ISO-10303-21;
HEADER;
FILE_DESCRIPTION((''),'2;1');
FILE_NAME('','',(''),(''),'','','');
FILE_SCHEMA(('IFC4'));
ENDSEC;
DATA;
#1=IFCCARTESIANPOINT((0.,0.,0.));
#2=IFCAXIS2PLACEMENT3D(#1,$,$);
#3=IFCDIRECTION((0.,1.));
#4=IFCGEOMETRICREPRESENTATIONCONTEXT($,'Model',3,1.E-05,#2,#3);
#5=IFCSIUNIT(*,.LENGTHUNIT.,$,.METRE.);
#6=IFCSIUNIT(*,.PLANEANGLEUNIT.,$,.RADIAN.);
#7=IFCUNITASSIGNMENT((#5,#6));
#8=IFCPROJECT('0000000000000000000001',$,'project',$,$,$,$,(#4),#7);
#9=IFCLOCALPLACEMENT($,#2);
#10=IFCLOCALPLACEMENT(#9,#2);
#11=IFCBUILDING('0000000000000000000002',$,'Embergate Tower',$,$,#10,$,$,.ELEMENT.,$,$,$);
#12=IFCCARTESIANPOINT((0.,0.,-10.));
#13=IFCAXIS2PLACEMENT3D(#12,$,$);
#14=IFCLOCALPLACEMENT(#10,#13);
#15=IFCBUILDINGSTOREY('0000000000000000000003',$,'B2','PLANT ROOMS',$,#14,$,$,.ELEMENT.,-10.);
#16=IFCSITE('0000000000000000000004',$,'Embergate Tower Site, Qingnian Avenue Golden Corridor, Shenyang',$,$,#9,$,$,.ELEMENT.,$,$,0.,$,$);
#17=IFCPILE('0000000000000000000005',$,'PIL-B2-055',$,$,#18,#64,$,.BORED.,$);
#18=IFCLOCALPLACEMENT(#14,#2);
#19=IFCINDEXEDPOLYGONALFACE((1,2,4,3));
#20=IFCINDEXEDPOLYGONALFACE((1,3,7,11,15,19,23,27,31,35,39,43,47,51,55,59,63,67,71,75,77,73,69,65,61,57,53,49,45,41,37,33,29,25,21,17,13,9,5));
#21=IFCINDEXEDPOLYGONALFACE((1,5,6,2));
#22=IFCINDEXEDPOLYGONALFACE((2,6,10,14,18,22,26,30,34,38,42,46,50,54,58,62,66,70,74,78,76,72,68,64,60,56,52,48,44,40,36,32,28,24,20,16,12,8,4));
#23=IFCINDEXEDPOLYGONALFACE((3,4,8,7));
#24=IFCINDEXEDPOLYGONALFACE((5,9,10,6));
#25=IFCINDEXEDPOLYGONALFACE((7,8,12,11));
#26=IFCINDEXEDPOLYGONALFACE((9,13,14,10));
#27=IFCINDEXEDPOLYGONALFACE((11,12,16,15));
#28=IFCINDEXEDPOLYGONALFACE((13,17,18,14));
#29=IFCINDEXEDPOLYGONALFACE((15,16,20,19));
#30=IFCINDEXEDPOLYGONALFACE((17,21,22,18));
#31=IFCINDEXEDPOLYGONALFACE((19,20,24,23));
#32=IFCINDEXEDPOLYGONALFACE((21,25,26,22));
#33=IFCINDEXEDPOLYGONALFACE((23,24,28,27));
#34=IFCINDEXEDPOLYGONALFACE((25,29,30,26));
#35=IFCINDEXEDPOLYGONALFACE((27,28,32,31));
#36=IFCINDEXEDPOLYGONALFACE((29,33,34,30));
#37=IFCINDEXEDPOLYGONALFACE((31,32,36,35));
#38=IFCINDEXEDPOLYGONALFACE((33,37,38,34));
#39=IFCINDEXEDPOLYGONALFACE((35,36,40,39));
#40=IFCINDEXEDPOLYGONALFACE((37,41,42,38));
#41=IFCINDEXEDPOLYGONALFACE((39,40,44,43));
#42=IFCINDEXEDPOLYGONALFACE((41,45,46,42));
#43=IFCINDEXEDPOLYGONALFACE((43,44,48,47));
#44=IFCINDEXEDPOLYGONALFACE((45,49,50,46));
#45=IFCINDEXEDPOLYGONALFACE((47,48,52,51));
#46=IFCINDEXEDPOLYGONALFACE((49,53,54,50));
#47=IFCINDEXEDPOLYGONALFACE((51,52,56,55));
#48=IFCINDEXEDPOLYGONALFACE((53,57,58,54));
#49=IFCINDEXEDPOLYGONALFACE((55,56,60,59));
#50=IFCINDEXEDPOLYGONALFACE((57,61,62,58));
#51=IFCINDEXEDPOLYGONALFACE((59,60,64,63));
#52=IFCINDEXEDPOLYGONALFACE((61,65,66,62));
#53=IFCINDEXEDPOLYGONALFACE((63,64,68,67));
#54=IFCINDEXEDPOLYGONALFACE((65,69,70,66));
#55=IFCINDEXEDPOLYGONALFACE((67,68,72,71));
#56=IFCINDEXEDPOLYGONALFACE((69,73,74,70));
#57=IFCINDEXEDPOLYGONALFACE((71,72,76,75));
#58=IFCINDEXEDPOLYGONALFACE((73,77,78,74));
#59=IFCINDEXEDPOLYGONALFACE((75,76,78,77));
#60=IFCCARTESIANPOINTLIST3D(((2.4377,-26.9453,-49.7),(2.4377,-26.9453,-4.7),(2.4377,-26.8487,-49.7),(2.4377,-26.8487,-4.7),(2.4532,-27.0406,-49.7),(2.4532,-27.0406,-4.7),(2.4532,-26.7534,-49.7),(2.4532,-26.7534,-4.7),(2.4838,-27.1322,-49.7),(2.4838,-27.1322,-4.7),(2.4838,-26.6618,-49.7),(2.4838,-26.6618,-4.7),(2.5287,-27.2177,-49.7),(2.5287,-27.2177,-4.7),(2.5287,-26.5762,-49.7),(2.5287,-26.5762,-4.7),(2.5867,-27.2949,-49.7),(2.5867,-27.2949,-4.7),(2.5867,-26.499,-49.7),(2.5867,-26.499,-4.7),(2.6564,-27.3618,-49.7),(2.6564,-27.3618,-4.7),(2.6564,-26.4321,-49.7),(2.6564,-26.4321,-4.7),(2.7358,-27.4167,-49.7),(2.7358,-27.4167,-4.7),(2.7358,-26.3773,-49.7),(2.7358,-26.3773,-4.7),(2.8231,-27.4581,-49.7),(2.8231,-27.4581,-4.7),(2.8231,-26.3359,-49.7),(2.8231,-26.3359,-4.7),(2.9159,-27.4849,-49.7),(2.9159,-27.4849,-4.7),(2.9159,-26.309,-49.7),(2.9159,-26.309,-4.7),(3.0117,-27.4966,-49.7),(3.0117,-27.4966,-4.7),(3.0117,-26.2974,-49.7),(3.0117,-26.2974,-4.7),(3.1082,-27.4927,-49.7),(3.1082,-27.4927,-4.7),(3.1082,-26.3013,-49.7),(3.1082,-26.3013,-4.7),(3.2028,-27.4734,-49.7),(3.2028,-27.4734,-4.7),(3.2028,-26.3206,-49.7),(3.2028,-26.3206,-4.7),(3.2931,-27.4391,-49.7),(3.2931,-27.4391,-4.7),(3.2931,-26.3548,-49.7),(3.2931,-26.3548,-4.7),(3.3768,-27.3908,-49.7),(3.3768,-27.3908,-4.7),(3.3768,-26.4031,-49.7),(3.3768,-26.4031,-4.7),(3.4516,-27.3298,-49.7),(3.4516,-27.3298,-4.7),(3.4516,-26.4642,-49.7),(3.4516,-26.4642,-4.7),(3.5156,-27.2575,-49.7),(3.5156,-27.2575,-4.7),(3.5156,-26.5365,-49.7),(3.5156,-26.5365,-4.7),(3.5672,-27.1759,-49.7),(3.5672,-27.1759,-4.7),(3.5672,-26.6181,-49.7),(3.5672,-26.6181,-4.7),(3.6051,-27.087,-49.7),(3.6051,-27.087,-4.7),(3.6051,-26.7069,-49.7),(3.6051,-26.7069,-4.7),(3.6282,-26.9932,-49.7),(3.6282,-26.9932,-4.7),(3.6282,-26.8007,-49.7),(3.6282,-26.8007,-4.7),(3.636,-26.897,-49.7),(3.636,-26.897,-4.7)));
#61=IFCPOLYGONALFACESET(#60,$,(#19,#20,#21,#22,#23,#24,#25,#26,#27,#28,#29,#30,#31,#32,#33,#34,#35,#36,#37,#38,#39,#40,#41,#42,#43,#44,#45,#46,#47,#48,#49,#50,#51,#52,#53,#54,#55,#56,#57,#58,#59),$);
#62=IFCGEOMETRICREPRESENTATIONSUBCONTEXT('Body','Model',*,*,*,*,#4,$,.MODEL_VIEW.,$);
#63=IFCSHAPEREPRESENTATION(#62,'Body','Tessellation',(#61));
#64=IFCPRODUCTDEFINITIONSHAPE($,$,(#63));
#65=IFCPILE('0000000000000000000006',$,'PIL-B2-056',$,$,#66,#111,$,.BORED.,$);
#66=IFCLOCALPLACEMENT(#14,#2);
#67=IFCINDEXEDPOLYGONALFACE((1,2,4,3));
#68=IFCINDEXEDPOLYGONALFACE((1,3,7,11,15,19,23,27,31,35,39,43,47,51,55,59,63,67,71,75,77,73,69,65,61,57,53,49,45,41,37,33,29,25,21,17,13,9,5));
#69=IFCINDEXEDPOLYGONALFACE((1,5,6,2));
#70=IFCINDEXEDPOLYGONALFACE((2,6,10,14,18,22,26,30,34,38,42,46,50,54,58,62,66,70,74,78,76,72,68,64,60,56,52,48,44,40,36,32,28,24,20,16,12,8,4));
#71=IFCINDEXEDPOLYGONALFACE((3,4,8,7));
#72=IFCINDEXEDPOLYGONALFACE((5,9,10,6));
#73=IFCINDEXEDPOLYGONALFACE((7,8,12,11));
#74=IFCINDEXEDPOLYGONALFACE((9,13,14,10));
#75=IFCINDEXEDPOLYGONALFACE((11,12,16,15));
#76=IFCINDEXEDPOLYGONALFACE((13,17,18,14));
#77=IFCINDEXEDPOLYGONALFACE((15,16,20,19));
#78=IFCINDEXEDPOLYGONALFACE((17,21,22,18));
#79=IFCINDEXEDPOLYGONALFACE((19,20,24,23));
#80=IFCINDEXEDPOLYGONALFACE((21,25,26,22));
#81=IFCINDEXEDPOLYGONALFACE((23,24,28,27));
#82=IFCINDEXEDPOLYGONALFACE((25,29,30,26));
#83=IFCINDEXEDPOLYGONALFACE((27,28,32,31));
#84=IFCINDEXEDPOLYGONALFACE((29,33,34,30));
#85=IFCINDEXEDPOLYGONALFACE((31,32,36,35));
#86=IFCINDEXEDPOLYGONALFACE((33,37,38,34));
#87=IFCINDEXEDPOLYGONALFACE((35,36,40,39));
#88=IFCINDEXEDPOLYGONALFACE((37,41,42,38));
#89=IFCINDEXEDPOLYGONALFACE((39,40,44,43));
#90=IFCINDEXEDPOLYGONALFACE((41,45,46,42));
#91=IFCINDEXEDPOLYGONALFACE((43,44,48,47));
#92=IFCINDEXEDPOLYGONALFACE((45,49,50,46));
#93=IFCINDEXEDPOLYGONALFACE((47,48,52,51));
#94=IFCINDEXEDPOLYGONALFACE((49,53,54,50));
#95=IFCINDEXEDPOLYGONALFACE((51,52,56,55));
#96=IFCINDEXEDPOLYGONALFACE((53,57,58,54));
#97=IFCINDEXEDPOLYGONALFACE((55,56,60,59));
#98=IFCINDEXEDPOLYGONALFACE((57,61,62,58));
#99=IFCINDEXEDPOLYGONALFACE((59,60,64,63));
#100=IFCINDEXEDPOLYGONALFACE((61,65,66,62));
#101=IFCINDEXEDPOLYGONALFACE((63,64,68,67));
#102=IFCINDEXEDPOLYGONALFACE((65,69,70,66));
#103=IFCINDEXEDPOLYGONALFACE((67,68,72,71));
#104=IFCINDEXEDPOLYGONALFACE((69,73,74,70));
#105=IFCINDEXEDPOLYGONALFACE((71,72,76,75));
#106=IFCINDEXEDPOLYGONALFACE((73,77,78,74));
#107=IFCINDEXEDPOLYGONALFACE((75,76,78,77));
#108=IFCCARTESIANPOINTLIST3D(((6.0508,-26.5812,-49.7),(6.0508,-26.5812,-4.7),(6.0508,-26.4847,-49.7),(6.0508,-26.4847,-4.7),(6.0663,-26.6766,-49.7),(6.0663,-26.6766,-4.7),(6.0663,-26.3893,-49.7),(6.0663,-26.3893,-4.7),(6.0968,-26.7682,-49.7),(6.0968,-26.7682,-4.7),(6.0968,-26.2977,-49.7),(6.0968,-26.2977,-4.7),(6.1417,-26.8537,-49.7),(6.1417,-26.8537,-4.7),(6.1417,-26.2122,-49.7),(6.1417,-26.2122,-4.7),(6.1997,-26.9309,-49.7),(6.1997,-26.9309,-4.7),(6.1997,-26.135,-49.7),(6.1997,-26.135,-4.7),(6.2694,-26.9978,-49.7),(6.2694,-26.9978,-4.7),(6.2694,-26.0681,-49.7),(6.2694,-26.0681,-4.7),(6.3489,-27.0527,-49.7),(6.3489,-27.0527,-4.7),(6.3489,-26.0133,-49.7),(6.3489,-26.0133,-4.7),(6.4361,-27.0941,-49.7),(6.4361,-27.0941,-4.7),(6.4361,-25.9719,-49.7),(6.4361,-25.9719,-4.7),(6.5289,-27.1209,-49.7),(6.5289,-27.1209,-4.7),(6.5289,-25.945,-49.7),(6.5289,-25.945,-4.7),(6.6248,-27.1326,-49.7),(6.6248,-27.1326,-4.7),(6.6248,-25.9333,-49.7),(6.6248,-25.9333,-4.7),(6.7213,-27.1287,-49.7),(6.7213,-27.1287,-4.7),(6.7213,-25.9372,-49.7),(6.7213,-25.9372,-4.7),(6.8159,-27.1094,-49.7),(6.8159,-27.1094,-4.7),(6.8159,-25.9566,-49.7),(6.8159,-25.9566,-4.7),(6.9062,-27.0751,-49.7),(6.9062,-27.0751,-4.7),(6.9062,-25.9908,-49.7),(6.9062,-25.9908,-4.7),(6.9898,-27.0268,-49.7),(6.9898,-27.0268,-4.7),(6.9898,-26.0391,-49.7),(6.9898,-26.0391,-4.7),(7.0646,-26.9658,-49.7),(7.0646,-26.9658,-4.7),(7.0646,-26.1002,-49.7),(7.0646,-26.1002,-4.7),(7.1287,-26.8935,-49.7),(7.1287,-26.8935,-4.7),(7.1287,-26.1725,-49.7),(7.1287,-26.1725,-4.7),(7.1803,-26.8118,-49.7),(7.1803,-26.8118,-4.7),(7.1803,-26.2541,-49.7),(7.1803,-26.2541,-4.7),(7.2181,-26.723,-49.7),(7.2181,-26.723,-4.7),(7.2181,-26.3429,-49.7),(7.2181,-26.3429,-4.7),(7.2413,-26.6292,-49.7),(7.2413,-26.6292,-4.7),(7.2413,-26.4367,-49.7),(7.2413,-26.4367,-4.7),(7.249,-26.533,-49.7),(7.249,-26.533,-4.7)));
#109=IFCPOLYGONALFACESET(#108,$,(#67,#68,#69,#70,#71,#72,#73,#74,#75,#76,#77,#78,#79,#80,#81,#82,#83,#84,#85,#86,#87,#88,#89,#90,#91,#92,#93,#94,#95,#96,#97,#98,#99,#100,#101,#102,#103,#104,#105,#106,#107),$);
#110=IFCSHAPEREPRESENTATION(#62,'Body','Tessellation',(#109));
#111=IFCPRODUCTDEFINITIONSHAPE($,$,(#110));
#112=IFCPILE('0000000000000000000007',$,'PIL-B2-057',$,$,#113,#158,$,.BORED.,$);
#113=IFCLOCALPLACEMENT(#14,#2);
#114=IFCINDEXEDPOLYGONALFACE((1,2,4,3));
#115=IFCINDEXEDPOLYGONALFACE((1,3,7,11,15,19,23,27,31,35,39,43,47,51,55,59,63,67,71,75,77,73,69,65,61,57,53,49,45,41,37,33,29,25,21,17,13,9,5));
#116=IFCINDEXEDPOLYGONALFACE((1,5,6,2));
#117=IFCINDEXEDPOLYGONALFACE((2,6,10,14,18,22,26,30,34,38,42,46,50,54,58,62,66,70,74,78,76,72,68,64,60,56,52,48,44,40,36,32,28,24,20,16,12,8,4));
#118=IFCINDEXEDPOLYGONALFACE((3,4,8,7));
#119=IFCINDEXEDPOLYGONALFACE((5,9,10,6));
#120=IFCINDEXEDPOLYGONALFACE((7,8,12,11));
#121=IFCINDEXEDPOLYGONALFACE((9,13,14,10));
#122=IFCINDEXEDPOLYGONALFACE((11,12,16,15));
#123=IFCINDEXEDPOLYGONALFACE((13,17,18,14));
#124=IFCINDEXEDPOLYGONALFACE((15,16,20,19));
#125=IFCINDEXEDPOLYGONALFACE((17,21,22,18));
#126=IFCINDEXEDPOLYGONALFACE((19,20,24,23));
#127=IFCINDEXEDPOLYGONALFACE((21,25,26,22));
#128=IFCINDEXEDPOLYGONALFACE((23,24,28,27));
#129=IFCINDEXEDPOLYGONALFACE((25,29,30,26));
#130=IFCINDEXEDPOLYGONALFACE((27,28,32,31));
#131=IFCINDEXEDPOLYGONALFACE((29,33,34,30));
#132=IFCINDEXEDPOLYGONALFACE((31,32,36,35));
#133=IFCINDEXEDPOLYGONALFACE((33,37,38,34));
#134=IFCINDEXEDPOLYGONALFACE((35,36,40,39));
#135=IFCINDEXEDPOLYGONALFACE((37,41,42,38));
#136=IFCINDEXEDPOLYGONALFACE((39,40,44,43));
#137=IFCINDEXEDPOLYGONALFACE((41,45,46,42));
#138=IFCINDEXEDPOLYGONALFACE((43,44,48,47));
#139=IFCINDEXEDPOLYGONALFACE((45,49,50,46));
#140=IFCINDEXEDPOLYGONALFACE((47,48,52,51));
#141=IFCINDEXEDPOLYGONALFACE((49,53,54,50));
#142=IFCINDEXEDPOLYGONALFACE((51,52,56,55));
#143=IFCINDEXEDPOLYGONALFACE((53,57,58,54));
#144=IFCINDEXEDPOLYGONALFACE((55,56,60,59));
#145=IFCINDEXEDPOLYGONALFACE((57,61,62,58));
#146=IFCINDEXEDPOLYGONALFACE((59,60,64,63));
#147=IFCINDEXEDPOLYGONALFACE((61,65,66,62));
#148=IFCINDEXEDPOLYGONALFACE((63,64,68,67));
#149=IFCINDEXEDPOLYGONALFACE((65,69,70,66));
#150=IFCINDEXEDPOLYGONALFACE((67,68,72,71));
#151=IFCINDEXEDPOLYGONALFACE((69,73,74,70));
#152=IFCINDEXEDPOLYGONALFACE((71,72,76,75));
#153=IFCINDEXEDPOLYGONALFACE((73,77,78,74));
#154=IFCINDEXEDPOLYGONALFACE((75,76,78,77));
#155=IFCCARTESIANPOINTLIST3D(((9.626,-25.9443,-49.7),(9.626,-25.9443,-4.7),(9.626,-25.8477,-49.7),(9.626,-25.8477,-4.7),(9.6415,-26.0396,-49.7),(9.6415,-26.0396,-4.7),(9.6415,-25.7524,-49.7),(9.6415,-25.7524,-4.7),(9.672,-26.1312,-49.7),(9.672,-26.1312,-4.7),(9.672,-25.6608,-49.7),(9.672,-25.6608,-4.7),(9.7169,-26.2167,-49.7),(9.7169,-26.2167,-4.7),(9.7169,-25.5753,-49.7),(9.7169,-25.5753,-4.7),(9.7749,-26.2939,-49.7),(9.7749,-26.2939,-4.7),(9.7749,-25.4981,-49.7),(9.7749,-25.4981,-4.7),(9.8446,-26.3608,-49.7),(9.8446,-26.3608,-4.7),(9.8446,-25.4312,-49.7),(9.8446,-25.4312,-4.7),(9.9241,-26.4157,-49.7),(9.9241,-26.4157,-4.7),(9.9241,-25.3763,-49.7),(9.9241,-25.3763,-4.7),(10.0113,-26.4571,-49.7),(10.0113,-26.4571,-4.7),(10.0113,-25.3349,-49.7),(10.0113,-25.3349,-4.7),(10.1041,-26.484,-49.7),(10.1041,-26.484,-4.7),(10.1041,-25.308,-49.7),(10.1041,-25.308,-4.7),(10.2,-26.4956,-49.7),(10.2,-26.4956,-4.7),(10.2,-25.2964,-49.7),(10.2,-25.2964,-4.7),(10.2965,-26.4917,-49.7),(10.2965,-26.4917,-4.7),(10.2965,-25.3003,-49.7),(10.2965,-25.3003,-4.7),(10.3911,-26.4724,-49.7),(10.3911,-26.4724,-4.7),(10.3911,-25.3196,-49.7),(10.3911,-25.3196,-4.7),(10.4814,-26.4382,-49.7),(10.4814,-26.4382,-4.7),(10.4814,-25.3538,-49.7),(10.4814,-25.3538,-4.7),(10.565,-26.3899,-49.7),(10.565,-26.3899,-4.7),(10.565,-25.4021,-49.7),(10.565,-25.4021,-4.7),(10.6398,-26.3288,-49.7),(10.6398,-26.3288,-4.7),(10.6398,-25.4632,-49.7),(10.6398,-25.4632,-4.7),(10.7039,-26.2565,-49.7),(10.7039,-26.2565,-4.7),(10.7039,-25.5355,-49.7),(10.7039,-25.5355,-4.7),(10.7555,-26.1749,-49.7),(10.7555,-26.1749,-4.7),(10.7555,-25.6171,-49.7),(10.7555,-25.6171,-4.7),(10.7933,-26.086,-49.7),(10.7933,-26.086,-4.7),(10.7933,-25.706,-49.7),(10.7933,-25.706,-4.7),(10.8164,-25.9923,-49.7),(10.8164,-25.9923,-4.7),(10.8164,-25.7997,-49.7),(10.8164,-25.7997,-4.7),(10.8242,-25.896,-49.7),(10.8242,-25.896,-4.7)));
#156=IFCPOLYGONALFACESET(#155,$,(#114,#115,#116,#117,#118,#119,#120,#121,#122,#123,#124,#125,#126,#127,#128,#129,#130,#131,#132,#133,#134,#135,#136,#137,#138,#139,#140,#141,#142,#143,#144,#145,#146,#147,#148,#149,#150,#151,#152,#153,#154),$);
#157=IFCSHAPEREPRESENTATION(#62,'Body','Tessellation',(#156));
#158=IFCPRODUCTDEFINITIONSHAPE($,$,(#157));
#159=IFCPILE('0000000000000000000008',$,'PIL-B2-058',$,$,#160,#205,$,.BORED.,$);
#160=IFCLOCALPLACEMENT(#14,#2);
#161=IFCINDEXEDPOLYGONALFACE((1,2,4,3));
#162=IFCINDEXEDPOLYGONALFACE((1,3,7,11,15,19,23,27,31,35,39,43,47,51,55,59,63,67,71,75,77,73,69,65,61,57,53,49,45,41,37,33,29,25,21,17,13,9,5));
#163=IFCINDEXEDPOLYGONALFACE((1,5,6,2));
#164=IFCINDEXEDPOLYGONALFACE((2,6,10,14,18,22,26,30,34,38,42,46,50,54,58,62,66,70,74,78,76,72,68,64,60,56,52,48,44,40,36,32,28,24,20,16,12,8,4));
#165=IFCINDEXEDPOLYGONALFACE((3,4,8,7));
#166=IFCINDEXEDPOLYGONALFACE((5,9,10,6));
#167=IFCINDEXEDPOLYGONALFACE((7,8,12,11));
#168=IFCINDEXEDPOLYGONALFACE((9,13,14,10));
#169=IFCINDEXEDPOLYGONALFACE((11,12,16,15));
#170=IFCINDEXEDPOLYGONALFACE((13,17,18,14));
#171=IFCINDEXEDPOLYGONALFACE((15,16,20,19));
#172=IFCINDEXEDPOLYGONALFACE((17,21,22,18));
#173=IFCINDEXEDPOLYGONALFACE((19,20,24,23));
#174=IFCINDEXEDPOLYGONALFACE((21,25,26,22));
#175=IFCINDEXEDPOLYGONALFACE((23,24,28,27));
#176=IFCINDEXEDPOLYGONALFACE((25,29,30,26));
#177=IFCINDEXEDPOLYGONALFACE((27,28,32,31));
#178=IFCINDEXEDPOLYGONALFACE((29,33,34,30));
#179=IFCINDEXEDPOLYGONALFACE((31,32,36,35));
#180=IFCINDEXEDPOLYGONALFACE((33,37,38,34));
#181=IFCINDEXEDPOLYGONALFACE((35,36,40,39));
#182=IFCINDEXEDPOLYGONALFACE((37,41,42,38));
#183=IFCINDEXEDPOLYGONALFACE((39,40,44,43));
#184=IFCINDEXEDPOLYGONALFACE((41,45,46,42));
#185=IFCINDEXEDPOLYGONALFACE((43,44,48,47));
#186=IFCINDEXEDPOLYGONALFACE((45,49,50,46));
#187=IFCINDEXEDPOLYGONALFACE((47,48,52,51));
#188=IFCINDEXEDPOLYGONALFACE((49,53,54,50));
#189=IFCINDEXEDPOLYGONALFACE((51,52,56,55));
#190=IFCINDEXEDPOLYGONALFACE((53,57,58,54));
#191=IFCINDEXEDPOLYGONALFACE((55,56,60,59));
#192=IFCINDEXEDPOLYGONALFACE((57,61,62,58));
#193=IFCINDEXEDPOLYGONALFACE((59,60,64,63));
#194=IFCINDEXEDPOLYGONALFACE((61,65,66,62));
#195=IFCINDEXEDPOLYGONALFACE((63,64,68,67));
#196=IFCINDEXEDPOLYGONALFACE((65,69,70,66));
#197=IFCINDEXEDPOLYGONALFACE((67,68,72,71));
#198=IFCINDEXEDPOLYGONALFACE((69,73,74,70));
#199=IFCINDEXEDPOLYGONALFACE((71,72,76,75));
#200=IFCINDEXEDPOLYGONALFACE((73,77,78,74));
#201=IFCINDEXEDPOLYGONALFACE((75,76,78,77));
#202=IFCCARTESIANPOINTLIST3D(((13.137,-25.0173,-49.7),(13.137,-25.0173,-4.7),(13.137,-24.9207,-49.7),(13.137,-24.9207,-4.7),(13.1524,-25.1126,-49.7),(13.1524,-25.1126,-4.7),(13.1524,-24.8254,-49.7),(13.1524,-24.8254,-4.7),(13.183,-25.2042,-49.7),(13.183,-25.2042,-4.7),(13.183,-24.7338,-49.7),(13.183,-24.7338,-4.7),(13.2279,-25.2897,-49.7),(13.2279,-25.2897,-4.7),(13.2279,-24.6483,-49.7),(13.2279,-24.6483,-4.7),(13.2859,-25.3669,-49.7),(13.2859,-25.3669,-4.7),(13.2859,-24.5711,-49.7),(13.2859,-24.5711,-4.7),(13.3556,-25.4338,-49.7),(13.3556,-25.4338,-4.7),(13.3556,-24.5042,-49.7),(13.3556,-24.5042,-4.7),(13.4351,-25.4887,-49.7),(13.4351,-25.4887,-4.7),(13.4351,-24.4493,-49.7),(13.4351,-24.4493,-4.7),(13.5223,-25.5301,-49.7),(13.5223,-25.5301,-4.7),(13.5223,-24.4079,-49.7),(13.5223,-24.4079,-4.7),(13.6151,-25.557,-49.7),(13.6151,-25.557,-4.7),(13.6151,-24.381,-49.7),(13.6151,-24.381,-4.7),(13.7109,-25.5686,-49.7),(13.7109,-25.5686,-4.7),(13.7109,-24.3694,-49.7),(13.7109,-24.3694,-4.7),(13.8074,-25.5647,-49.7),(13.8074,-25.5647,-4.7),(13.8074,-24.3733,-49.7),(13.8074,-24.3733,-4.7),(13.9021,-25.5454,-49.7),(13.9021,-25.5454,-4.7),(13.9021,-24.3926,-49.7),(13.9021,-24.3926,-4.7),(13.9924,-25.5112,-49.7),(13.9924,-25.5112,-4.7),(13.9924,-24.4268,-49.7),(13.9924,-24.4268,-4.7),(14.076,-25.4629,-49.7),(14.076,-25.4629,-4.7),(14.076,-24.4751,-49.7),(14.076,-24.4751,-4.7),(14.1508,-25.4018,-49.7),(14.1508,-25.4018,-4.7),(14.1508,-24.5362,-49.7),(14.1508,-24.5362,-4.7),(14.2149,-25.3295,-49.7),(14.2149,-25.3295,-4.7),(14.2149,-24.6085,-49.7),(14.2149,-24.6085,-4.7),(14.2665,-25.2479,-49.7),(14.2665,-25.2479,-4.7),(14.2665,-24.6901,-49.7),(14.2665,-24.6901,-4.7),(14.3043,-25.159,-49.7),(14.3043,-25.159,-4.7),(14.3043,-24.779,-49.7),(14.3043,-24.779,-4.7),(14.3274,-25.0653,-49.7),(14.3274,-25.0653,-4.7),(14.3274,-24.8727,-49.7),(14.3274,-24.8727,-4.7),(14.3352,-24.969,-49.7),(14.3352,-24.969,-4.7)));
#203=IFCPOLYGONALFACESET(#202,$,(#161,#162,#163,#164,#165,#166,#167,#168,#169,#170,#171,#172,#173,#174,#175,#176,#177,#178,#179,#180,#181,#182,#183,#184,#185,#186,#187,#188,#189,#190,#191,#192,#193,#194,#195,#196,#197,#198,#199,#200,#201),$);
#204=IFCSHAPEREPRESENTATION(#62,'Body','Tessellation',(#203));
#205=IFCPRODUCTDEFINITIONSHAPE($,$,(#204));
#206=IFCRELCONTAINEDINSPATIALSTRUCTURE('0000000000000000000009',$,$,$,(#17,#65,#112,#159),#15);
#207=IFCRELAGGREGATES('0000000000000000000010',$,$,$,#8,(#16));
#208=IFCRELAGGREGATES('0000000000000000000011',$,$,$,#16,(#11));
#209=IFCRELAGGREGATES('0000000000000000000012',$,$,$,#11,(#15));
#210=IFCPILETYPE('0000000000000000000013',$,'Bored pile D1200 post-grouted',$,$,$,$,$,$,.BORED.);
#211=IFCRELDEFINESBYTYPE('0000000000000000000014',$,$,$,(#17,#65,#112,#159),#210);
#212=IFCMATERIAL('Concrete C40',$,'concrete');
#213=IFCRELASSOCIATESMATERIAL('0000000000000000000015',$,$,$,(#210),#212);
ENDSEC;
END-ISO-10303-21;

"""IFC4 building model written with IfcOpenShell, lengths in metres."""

from ifc_helpers import new_model, si_unit, direction, frame, origin, origin_2d, place, context, subcontext, project, spatial, circle, extrude, source, transform, mapped, material, material_profile, profile_set, type_object, element, save


model = new_model("IFC4")

# Units and contexts
model_context = context("Model", 3, precision=1e-05, world=origin(), true_north=direction((0.0, 1.0)))
body_context = subcontext(model_context, "Body", "Model", "MODEL_VIEW")
ifc_project = project(units=[si_unit("LENGTHUNIT", "METRE"), si_unit("PLANEANGLEUNIT", "RADIAN")], contexts=[model_context])

# Site, building, storey
site_placement = place(None, origin())
site = spatial("IfcSite", under=ifc_project, at=site_placement, Name="Embergate Tower Site, Qingnian Avenue Golden Corridor, Shenyang", CompositionType="ELEMENT", RefElevation=0.0)
building_placement = place(site_placement, origin())
building = spatial("IfcBuilding", under=site, at=building_placement, Name="Embergate Tower", CompositionType="ELEMENT")
storey_placement = place(building_placement, frame((0.0, 0.0, -10.0)))
storey = spatial("IfcBuildingStorey", under=building, at=storey_placement, Name="B2", Description="PLANT ROOMS", CompositionType="ELEMENT", Elevation=-10.0)

# Piles
ifc_material_1 = material(Name="Concrete C40", Category="concrete")
ifc_material_profile = material_profile(ifc_material_1, circle(Radius=0.6001, at=origin_2d()), Name="D1200")
ifc_profile_set = profile_set([ifc_material_profile], Name="Concrete C40")
pile_type = type_object("IfcPileType", Name="Bored pile D1200 post-grouted", PredefinedType="BORED", material=ifc_profile_set)
shared_shape_1 = source(origin(), body_context, "Body", "SweptSolid", [
    extrude(circle(Radius=0.6001, at=origin_2d()), origin(), (0.0, 0.0, 1.0), 45.0),
])
for number, where, z_axis, x_axis, name in (
    (1, (3.0359, -26.897, -4.7), (0.0, 0.0, -1.0), (1.0, 0.0, 0.0), "PIL-B2-055"),
    (2, (6.6489, -26.533, -4.7), (0.0, 0.0, -1.0), (1.0, 0.0, 0.0), "PIL-B2-056"),
    (3, (10.2241, -25.896, -4.7), (0.0, 0.0, -1.0), (1.0, 0.0, 0.0), "PIL-B2-057"),
    (4, (13.7351, -24.969, -4.7), (0.0, 0.0, -1.0), (1.0, 0.0, 0.0), "PIL-B2-058"),
):
    element("IfcPile", number, at=place(storey_placement, frame(where, z_axis=z_axis, x_axis=x_axis)), inside=storey, type_object=pile_type, Name=name, PredefinedType="BORED", context=body_context, shape_type="MappedRepresentation", body=[
        mapped(shared_shape_1, transform((0.0, 0.0, 0.0))),
    ])

save(model, "model.ifc")
